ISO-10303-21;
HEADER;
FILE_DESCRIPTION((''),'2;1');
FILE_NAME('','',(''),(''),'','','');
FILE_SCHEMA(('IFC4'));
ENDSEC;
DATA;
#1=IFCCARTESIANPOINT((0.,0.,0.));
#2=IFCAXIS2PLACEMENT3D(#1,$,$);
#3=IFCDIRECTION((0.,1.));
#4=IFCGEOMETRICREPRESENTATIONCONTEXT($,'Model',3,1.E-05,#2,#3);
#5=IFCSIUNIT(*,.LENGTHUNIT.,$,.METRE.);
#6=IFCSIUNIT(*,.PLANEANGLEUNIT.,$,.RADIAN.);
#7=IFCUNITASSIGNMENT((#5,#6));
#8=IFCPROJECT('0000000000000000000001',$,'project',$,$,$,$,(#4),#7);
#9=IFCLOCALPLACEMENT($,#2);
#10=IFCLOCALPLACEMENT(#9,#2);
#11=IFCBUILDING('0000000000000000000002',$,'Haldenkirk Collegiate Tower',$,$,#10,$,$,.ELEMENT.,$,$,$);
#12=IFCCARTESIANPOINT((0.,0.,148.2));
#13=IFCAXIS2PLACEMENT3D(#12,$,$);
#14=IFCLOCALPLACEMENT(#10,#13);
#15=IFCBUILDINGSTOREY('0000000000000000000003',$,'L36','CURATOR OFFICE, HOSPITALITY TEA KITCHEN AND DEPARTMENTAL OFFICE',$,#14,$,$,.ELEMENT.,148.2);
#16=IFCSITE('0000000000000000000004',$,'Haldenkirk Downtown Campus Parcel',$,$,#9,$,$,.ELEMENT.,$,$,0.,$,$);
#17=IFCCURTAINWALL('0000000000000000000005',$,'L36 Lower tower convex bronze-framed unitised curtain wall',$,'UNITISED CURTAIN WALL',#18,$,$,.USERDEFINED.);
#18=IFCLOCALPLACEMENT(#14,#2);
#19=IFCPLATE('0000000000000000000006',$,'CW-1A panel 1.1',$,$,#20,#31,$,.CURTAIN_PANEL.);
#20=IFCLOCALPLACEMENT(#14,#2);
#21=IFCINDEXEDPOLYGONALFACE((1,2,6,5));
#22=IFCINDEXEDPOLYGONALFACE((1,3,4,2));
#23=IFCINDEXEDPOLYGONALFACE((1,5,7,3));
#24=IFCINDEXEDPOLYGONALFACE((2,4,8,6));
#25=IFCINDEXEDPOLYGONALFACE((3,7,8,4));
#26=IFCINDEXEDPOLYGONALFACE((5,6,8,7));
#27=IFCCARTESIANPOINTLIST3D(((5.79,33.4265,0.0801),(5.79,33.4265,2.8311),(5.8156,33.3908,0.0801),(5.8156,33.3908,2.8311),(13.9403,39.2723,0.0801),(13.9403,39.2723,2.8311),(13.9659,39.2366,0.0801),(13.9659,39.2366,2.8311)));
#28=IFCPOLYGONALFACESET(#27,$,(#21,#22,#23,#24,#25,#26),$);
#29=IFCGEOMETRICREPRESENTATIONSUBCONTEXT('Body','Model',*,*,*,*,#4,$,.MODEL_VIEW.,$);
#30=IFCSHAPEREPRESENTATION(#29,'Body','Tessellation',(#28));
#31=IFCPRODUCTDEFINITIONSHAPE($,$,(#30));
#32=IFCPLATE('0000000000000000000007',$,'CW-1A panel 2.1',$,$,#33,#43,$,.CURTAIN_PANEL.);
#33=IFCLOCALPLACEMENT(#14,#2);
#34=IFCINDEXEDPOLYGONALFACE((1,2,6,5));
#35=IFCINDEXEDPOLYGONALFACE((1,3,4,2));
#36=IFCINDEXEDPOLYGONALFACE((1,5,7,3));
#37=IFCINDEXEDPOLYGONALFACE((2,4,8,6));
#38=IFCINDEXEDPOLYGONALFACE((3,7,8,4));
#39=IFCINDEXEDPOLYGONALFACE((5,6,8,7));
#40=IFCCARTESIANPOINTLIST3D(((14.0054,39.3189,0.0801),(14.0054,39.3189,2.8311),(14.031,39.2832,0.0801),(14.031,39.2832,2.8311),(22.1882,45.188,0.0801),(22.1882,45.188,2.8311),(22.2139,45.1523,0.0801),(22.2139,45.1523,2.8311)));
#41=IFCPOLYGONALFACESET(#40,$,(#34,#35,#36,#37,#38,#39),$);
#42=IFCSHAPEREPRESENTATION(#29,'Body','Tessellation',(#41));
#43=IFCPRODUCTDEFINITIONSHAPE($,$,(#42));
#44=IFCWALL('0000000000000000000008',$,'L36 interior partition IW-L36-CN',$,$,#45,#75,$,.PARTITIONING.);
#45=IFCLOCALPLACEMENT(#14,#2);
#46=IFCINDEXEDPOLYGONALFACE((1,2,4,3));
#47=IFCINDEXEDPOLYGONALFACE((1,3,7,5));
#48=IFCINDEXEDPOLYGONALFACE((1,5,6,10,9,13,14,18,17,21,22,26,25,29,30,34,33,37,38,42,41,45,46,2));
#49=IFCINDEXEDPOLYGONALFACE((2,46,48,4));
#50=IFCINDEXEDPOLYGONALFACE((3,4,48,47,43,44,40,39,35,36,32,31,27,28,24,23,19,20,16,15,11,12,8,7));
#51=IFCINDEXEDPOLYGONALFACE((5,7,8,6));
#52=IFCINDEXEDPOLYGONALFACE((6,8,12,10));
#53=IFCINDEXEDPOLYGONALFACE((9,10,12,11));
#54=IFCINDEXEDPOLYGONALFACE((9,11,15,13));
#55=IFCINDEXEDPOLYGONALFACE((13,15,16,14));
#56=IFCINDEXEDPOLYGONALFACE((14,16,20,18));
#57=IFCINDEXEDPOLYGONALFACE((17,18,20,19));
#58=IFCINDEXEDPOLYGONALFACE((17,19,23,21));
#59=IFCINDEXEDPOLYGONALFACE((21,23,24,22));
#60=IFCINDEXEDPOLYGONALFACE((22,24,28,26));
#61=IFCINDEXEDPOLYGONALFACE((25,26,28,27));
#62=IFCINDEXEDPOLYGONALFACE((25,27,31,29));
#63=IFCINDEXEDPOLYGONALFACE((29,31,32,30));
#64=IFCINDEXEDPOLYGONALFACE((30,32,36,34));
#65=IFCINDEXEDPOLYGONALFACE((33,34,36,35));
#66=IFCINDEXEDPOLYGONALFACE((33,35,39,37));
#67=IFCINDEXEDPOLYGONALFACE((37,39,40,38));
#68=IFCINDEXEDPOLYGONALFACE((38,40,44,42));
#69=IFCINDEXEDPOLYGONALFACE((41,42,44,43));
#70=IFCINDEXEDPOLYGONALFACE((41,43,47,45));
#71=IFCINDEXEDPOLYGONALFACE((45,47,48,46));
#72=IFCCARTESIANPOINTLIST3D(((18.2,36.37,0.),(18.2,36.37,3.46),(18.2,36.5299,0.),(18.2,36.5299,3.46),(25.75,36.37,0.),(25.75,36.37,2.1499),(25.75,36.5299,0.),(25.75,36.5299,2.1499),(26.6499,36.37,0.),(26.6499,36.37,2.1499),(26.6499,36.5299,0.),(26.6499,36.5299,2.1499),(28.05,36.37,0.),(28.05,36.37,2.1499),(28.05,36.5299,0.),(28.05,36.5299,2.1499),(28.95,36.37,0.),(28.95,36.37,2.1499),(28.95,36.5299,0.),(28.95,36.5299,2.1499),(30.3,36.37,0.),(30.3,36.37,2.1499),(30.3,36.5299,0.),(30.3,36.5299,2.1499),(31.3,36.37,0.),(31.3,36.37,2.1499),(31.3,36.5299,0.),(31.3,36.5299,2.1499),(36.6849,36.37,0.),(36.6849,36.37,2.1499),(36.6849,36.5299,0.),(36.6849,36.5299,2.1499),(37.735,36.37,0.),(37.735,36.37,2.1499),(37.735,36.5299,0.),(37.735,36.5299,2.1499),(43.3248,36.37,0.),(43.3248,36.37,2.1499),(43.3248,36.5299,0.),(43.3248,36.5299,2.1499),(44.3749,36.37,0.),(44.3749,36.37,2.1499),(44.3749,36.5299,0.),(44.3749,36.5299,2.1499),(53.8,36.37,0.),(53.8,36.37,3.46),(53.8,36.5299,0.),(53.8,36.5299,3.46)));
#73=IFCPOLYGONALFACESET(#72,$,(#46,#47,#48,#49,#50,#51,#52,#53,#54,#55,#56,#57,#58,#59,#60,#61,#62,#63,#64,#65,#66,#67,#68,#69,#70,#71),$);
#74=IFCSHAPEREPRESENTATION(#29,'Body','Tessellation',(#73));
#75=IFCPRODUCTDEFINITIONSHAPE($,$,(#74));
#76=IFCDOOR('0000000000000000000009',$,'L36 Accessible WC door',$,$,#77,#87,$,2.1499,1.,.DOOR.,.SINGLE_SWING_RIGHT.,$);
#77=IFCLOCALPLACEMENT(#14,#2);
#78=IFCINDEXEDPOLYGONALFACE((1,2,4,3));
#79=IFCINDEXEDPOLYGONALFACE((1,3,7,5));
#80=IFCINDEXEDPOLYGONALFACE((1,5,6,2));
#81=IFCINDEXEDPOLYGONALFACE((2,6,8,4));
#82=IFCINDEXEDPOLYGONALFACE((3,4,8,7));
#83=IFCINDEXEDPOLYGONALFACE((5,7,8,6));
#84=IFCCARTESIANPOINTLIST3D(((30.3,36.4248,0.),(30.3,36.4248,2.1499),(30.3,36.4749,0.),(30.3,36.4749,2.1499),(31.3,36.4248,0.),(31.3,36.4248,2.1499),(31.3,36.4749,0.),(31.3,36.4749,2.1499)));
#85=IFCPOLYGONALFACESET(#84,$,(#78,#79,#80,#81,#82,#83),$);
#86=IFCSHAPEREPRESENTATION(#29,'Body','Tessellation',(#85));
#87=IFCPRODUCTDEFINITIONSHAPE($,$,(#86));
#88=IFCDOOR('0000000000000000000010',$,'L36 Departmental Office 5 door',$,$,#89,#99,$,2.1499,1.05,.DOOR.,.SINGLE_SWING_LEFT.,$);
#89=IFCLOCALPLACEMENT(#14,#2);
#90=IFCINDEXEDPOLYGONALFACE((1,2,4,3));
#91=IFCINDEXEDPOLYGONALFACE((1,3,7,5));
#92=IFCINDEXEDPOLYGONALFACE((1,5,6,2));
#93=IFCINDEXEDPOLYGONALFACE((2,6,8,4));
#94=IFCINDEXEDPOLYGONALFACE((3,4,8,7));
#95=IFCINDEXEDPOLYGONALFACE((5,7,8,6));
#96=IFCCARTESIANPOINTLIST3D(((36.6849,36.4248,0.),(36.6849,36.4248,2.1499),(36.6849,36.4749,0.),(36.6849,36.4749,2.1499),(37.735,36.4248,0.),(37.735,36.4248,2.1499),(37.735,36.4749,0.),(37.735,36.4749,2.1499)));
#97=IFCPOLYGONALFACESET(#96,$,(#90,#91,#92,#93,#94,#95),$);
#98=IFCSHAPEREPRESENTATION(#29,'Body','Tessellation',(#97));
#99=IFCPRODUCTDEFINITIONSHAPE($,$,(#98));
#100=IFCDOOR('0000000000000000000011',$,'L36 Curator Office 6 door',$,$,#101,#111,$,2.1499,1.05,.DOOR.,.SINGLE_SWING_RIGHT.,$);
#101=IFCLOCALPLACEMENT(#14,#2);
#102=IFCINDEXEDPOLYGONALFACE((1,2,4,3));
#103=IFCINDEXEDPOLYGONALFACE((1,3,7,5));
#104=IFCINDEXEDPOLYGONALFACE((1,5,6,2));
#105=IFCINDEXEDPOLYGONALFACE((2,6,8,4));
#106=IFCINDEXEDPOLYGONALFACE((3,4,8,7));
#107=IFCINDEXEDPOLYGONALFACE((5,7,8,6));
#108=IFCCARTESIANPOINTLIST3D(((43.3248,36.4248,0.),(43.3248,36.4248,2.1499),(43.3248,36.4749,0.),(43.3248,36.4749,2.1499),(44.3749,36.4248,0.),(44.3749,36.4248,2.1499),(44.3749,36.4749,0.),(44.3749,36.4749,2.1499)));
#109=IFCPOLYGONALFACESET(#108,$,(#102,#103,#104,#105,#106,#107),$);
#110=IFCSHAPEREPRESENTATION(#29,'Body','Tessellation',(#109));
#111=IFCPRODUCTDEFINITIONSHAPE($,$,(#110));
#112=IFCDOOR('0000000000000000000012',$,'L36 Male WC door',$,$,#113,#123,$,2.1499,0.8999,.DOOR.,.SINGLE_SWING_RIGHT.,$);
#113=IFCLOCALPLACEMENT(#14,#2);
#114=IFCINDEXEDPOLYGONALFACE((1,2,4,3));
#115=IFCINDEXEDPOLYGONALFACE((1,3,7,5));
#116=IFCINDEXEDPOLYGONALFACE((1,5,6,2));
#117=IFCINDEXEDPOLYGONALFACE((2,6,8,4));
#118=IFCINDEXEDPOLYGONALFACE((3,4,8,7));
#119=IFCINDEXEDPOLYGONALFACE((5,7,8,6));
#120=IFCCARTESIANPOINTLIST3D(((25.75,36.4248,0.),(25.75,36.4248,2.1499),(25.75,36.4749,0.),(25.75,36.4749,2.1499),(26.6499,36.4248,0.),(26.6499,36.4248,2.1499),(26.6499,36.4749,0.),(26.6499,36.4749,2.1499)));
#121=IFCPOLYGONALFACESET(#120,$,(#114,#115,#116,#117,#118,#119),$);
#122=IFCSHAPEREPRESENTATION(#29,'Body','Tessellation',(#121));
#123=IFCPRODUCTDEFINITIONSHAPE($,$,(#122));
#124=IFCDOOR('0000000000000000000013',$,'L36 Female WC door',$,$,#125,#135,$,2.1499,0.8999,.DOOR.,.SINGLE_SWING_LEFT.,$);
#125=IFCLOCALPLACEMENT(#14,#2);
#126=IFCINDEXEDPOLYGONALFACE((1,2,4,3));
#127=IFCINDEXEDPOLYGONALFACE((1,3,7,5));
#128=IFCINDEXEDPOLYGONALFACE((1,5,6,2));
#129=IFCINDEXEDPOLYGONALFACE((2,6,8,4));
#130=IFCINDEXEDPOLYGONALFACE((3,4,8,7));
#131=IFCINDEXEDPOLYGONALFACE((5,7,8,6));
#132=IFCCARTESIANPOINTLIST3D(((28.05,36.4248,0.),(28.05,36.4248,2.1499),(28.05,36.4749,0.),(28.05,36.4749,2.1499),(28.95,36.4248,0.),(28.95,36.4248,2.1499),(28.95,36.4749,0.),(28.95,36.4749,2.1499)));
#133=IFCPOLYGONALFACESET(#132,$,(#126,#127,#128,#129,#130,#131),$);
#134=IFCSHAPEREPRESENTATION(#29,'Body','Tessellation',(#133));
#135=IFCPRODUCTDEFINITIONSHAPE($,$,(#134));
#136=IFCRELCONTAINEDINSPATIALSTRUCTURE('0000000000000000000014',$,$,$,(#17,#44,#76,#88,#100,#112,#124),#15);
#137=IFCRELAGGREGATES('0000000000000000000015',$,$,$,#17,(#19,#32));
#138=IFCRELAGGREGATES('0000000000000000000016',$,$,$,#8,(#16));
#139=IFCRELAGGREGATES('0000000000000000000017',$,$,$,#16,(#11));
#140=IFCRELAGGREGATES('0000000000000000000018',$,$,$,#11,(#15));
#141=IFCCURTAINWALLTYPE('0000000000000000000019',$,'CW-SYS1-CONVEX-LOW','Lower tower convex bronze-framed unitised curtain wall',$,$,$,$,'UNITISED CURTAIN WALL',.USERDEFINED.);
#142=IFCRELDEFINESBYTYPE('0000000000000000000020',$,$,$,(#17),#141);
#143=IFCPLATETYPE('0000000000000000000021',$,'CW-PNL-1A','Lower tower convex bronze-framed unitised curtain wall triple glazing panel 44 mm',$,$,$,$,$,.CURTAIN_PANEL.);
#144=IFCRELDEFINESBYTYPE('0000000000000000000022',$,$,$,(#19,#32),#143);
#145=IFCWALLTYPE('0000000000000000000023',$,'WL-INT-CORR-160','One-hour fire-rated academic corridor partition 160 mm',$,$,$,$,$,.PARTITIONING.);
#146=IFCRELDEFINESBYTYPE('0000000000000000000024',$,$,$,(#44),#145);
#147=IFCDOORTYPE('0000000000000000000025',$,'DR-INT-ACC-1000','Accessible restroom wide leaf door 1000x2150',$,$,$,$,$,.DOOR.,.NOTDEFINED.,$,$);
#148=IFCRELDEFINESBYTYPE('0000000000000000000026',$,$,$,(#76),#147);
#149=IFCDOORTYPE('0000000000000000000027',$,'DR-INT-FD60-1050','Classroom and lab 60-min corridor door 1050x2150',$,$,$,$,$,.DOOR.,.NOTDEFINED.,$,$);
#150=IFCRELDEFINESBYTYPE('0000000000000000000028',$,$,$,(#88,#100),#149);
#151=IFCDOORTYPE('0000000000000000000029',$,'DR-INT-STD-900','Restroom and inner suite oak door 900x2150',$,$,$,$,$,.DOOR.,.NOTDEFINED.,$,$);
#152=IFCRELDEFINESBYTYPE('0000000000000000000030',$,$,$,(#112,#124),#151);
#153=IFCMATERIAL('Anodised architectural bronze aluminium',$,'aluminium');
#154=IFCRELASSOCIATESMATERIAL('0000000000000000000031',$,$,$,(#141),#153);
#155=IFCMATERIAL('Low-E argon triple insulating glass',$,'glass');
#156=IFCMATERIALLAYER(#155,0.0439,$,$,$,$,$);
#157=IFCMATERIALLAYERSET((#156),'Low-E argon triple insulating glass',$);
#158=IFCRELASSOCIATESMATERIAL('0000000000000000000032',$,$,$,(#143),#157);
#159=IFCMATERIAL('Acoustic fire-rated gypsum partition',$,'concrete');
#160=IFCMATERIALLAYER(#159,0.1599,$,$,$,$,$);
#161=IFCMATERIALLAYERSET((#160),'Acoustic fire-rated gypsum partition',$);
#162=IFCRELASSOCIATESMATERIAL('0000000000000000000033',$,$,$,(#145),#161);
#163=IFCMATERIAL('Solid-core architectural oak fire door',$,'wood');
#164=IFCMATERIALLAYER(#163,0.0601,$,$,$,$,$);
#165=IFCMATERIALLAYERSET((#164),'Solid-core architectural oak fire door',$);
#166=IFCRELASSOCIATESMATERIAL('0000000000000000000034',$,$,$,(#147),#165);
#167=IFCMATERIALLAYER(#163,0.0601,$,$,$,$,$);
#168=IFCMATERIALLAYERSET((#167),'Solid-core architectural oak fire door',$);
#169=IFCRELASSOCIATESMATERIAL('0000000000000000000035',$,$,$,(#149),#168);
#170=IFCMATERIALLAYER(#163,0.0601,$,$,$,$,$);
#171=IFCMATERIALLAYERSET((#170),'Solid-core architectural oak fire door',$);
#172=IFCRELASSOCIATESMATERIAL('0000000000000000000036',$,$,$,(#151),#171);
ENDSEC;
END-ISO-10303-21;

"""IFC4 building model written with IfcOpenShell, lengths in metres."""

from ifc_helpers import new_model, si_unit, direction, frame, frame_2d, origin, origin_2d, place, context, subcontext, project, spatial, rectangle, extrude, source, transform, mapped, material, layer, layer_set, type_object, element, fill, aggregate, save


model = new_model("IFC4")

# Units and contexts
model_context = context("Model", 3, precision=1e-05, world=origin(), true_north=direction((0.0, 1.0)))
body_context = subcontext(model_context, "Body", "Model", "MODEL_VIEW")
ifc_project = project(units=[si_unit("LENGTHUNIT", "METRE"), si_unit("PLANEANGLEUNIT", "RADIAN")], contexts=[model_context])

# Site, building, storey
site_placement = place(None, origin())
site = spatial("IfcSite", under=ifc_project, at=site_placement, Name="Haldenkirk Downtown Campus Parcel", CompositionType="ELEMENT", RefElevation=0.0)
building_placement = place(site_placement, origin())
building = spatial("IfcBuilding", under=site, at=building_placement, Name="Haldenkirk Collegiate Tower", CompositionType="ELEMENT")
storey_placement = place(building_placement, frame((0.0, 0.0, 148.2)))
storey = spatial("IfcBuildingStorey", under=building, at=storey_placement, Name="L36", Description="CURATOR OFFICE, HOSPITALITY TEA KITCHEN AND DEPARTMENTAL OFFICE", CompositionType="ELEMENT", Elevation=148.2)

# Curtain wall, plates
ifc_material_1 = material(Name="Anodised architectural bronze aluminium", Category="aluminium")
curtain_wall_type = type_object("IfcCurtainWallType", Name="CW-SYS1-CONVEX-LOW", Description="Lower tower convex bronze-framed unitised curtain wall", ElementType="UNITISED CURTAIN WALL", PredefinedType="USERDEFINED", material=ifc_material_1)
curtain_wall_placement = place(storey_placement, origin())
curtain_wall = element("IfcCurtainWall", 1, at=curtain_wall_placement, inside=storey, type_object=curtain_wall_type, Name="L36 Lower tower convex bronze-framed unitised curtain wall", ObjectType="UNITISED CURTAIN WALL", PredefinedType="USERDEFINED")
ifc_material_2 = material(Name="Low-E argon triple insulating glass", Category="glass")
ifc_layer_1 = layer(ifc_material_2, 0.0439)
ifc_layer_set_1 = layer_set([ifc_layer_1], Name="Low-E argon triple insulating glass")
plate_type = type_object("IfcPlateType", Name="CW-PNL-1A", Description="Lower tower convex bronze-framed unitised curtain wall triple glazing panel 44 mm", PredefinedType="CURTAIN_PANEL", material=ifc_layer_set_1)
shared_shape_1 = source(origin(), body_context, "Body", "SweptSolid", [
    extrude(rectangle(XDim=10.03, YDim=0.0439, at=origin_2d()), origin(), (0.0, 0.0, 1.0), 2.751),
])
plate_1_placement = place(storey_placement, frame((9.8779, 36.3315, 0.0801), z_axis=(0.0, 0.0, 1.0), x_axis=(0.812594, 0.582831, 0.0)))
plate_1 = element("IfcPlate", 2, at=plate_1_placement, type_object=plate_type, Name="CW-1A panel 1.1", PredefinedType="CURTAIN_PANEL", context=body_context, shape_type="MappedRepresentation", body=[
    mapped(shared_shape_1, transform((0.0, 0.0, 0.0), x_axis=(1.0, 0.0, 0.0), y_axis=(0.0, 1.0, 0.0), z_axis=(0.0, 0.0, 1.0), scale=1.0)),
])
shared_shape_2 = source(origin(), body_context, "Body", "SweptSolid", [
    extrude(rectangle(XDim=10.0701, YDim=0.0439, at=origin_2d()), origin(), (0.0, 0.0, 1.0), 2.751),
])
plate_2_placement = place(storey_placement, frame((18.1096, 42.2356, 0.0801), z_axis=(0.0, 0.0, 1.0), x_axis=(0.812594, 0.582831, 0.0)))
plate_2 = element("IfcPlate", 3, at=plate_2_placement, type_object=plate_type, Name="CW-1A panel 2.1", PredefinedType="CURTAIN_PANEL", context=body_context, shape_type="MappedRepresentation", body=[
    mapped(shared_shape_2, transform((0.0, 0.0, 0.0), x_axis=(1.0, 0.0, 0.0), y_axis=(0.0, 1.0, 0.0), z_axis=(0.0, 0.0, 1.0), scale=1.0)),
])
aggregate(curtain_wall, [plate_1, plate_2])

# Wall, openings, doors
ifc_material_3 = material(Name="Acoustic fire-rated gypsum partition", Category="concrete")
ifc_layer_2 = layer(ifc_material_3, 0.1599)
ifc_layer_set_2 = layer_set([ifc_layer_2], Name="Acoustic fire-rated gypsum partition")
wall_type_1 = type_object("IfcWallType", Name="WL-INT-CORR-160", Description="One-hour fire-rated academic corridor partition 160 mm", PredefinedType="PARTITIONING", material=ifc_layer_set_2)
wall_1_placement = place(storey_placement, frame((18.2, 36.45, 0.0), z_axis=(0.0, 0.0, 1.0), x_axis=(1.0, 0.0, 0.0)))
wall_1 = element("IfcWall", 4, at=wall_1_placement, inside=storey, type_object=wall_type_1, Name="L36 interior partition IW-L36-CN", PredefinedType="PARTITIONING", context=body_context, shape_type="SweptSolid", body=[
    extrude(rectangle(XDim=35.6001, YDim=0.1599, at=frame_2d((17.8, 0.0))), origin(), (0.0, 0.0, 1.0), 3.46),
])
opening_1_placement = place(wall_1_placement, frame((7.55, 0.0, 0.0)))
opening_1 = element("IfcOpeningElement", 5, at=opening_1_placement, cuts=wall_1, PredefinedType="OPENING", context=body_context, shape_type="SweptSolid", body=[
    extrude(rectangle(XDim=0.8999, YDim=2.1499, at=frame_2d((0.45, 1.075))), frame((0.0, 0.0898, 0.0), z_axis=(0.0, -1.0, 0.0), x_axis=(1.0, 0.0, 0.0)), (0.0, 0.0, 1.0), 0.1799),
])
opening_2_placement = place(wall_1_placement, frame((9.8501, 0.0, 0.0)))
opening_2 = element("IfcOpeningElement", 6, at=opening_2_placement, cuts=wall_1, PredefinedType="OPENING", context=body_context, shape_type="SweptSolid", body=[
    extrude(rectangle(XDim=0.8999, YDim=2.1499, at=frame_2d((0.45, 1.075))), frame((0.0, 0.0898, 0.0), z_axis=(0.0, -1.0, 0.0), x_axis=(1.0, 0.0, 0.0)), (0.0, 0.0, 1.0), 0.1799),
])
opening_3_placement = place(wall_1_placement, frame((12.1001, 0.0, 0.0)))
opening_3 = element("IfcOpeningElement", 7, at=opening_3_placement, cuts=wall_1, PredefinedType="OPENING", context=body_context, shape_type="SweptSolid", body=[
    extrude(rectangle(XDim=1.0, YDim=2.1499, at=frame_2d((0.5, 1.075))), frame((0.0, 0.0898, 0.0), z_axis=(0.0, -1.0, 0.0), x_axis=(1.0, 0.0, 0.0)), (0.0, 0.0, 1.0), 0.1799),
])
opening_4_placement = place(wall_1_placement, frame((18.4851, 0.0, 0.0)))
opening_4 = element("IfcOpeningElement", 8, at=opening_4_placement, cuts=wall_1, PredefinedType="OPENING", context=body_context, shape_type="SweptSolid", body=[
    extrude(rectangle(XDim=1.05, YDim=2.1499, at=frame_2d((0.5249, 1.075))), frame((0.0, 0.0898, 0.0), z_axis=(0.0, -1.0, 0.0), x_axis=(1.0, 0.0, 0.0)), (0.0, 0.0, 1.0), 0.1799),
])
opening_5_placement = place(wall_1_placement, frame((25.125, 0.0, 0.0)))
opening_5 = element("IfcOpeningElement", 9, at=opening_5_placement, cuts=wall_1, PredefinedType="OPENING", context=body_context, shape_type="SweptSolid", body=[
    extrude(rectangle(XDim=1.05, YDim=2.1499, at=frame_2d((0.5249, 1.075))), frame((0.0, 0.0898, 0.0), z_axis=(0.0, -1.0, 0.0), x_axis=(1.0, 0.0, 0.0)), (0.0, 0.0, 1.0), 0.1799),
])
ifc_material_4 = material(Name="Solid-core architectural oak fire door", Category="wood")
ifc_layer_3 = layer(ifc_material_4, 0.0601)
ifc_layer_set_3 = layer_set([ifc_layer_3], Name="Solid-core architectural oak fire door")
door_type_1 = type_object("IfcDoorType", Name="DR-INT-ACC-1000", Description="Accessible restroom wide leaf door 1000x2150", OperationType="NOTDEFINED", PredefinedType="DOOR", material=ifc_layer_set_3)
door_1_placement = place(opening_3_placement, origin())
door_1 = element("IfcDoor", 10, at=door_1_placement, inside=storey, type_object=door_type_1, Name="L36 Accessible WC door", OperationType="SINGLE_SWING_RIGHT", OverallHeight=2.1499, OverallWidth=1.0, PredefinedType="DOOR", context=body_context, shape_type="SweptSolid", body=[
    extrude(rectangle(XDim=1.0, YDim=2.1499, at=frame_2d((0.5, 1.075))), frame((0.0, 0.0249, 0.0), z_axis=(0.0, -1.0, 0.0), x_axis=(1.0, 0.0, 0.0)), (0.0, 0.0, 1.0), 0.05),
])
fill(opening_3, door_1)
ifc_layer_4 = layer(ifc_material_4, 0.0601)
ifc_layer_set_4 = layer_set([ifc_layer_4], Name="Solid-core architectural oak fire door")
door_type_2 = type_object("IfcDoorType", Name="DR-INT-FD60-1050", Description="Classroom and lab 60-min corridor door 1050x2150", OperationType="NOTDEFINED", PredefinedType="DOOR", material=ifc_layer_set_4)
door_2_placement = place(opening_4_placement, origin())
door_2 = element("IfcDoor", 11, at=door_2_placement, inside=storey, type_object=door_type_2, Name="L36 Departmental Office 5 door", OperationType="SINGLE_SWING_LEFT", OverallHeight=2.1499, OverallWidth=1.05, PredefinedType="DOOR", context=body_context, shape_type="SweptSolid", body=[
    extrude(rectangle(XDim=1.05, YDim=2.1499, at=frame_2d((0.5249, 1.075))), frame((0.0, 0.0249, 0.0), z_axis=(0.0, -1.0, 0.0), x_axis=(1.0, 0.0, 0.0)), (0.0, 0.0, 1.0), 0.05),
])
fill(opening_4, door_2)
door_3_placement = place(opening_5_placement, origin())
door_3 = element("IfcDoor", 12, at=door_3_placement, inside=storey, type_object=door_type_2, Name="L36 Curator Office 6 door", OperationType="SINGLE_SWING_RIGHT", OverallHeight=2.1499, OverallWidth=1.05, PredefinedType="DOOR", context=body_context, shape_type="SweptSolid", body=[
    extrude(rectangle(XDim=1.05, YDim=2.1499, at=frame_2d((0.5249, 1.075))), frame((0.0, 0.0249, 0.0), z_axis=(0.0, -1.0, 0.0), x_axis=(1.0, 0.0, 0.0)), (0.0, 0.0, 1.0), 0.05),
])
fill(opening_5, door_3)
ifc_layer_5 = layer(ifc_material_4, 0.0601)
ifc_layer_set_5 = layer_set([ifc_layer_5], Name="Solid-core architectural oak fire door")
door_type_3 = type_object("IfcDoorType", Name="DR-INT-STD-900", Description="Restroom and inner suite oak door 900x2150", OperationType="NOTDEFINED", PredefinedType="DOOR", material=ifc_layer_set_5)
door_4_placement = place(opening_1_placement, origin())
door_4 = element("IfcDoor", 13, at=door_4_placement, inside=storey, type_object=door_type_3, Name="L36 Male WC door", OperationType="SINGLE_SWING_RIGHT", OverallHeight=2.1499, OverallWidth=0.8999, PredefinedType="DOOR", context=body_context, shape_type="SweptSolid", body=[
    extrude(rectangle(XDim=0.8999, YDim=2.1499, at=frame_2d((0.45, 1.075))), frame((0.0, 0.0249, 0.0), z_axis=(0.0, -1.0, 0.0), x_axis=(1.0, 0.0, 0.0)), (0.0, 0.0, 1.0), 0.05),
])
fill(opening_1, door_4)
door_5_placement = place(opening_2_placement, origin())
door_5 = element("IfcDoor", 14, at=door_5_placement, inside=storey, type_object=door_type_3, Name="L36 Female WC door", OperationType="SINGLE_SWING_LEFT", OverallHeight=2.1499, OverallWidth=0.8999, PredefinedType="DOOR", context=body_context, shape_type="SweptSolid", body=[
    extrude(rectangle(XDim=0.8999, YDim=2.1499, at=frame_2d((0.45, 1.075))), frame((0.0, 0.0249, 0.0), z_axis=(0.0, -1.0, 0.0), x_axis=(1.0, 0.0, 0.0)), (0.0, 0.0, 1.0), 0.05),
])
fill(opening_2, door_5)

save(model, "model.ifc")
